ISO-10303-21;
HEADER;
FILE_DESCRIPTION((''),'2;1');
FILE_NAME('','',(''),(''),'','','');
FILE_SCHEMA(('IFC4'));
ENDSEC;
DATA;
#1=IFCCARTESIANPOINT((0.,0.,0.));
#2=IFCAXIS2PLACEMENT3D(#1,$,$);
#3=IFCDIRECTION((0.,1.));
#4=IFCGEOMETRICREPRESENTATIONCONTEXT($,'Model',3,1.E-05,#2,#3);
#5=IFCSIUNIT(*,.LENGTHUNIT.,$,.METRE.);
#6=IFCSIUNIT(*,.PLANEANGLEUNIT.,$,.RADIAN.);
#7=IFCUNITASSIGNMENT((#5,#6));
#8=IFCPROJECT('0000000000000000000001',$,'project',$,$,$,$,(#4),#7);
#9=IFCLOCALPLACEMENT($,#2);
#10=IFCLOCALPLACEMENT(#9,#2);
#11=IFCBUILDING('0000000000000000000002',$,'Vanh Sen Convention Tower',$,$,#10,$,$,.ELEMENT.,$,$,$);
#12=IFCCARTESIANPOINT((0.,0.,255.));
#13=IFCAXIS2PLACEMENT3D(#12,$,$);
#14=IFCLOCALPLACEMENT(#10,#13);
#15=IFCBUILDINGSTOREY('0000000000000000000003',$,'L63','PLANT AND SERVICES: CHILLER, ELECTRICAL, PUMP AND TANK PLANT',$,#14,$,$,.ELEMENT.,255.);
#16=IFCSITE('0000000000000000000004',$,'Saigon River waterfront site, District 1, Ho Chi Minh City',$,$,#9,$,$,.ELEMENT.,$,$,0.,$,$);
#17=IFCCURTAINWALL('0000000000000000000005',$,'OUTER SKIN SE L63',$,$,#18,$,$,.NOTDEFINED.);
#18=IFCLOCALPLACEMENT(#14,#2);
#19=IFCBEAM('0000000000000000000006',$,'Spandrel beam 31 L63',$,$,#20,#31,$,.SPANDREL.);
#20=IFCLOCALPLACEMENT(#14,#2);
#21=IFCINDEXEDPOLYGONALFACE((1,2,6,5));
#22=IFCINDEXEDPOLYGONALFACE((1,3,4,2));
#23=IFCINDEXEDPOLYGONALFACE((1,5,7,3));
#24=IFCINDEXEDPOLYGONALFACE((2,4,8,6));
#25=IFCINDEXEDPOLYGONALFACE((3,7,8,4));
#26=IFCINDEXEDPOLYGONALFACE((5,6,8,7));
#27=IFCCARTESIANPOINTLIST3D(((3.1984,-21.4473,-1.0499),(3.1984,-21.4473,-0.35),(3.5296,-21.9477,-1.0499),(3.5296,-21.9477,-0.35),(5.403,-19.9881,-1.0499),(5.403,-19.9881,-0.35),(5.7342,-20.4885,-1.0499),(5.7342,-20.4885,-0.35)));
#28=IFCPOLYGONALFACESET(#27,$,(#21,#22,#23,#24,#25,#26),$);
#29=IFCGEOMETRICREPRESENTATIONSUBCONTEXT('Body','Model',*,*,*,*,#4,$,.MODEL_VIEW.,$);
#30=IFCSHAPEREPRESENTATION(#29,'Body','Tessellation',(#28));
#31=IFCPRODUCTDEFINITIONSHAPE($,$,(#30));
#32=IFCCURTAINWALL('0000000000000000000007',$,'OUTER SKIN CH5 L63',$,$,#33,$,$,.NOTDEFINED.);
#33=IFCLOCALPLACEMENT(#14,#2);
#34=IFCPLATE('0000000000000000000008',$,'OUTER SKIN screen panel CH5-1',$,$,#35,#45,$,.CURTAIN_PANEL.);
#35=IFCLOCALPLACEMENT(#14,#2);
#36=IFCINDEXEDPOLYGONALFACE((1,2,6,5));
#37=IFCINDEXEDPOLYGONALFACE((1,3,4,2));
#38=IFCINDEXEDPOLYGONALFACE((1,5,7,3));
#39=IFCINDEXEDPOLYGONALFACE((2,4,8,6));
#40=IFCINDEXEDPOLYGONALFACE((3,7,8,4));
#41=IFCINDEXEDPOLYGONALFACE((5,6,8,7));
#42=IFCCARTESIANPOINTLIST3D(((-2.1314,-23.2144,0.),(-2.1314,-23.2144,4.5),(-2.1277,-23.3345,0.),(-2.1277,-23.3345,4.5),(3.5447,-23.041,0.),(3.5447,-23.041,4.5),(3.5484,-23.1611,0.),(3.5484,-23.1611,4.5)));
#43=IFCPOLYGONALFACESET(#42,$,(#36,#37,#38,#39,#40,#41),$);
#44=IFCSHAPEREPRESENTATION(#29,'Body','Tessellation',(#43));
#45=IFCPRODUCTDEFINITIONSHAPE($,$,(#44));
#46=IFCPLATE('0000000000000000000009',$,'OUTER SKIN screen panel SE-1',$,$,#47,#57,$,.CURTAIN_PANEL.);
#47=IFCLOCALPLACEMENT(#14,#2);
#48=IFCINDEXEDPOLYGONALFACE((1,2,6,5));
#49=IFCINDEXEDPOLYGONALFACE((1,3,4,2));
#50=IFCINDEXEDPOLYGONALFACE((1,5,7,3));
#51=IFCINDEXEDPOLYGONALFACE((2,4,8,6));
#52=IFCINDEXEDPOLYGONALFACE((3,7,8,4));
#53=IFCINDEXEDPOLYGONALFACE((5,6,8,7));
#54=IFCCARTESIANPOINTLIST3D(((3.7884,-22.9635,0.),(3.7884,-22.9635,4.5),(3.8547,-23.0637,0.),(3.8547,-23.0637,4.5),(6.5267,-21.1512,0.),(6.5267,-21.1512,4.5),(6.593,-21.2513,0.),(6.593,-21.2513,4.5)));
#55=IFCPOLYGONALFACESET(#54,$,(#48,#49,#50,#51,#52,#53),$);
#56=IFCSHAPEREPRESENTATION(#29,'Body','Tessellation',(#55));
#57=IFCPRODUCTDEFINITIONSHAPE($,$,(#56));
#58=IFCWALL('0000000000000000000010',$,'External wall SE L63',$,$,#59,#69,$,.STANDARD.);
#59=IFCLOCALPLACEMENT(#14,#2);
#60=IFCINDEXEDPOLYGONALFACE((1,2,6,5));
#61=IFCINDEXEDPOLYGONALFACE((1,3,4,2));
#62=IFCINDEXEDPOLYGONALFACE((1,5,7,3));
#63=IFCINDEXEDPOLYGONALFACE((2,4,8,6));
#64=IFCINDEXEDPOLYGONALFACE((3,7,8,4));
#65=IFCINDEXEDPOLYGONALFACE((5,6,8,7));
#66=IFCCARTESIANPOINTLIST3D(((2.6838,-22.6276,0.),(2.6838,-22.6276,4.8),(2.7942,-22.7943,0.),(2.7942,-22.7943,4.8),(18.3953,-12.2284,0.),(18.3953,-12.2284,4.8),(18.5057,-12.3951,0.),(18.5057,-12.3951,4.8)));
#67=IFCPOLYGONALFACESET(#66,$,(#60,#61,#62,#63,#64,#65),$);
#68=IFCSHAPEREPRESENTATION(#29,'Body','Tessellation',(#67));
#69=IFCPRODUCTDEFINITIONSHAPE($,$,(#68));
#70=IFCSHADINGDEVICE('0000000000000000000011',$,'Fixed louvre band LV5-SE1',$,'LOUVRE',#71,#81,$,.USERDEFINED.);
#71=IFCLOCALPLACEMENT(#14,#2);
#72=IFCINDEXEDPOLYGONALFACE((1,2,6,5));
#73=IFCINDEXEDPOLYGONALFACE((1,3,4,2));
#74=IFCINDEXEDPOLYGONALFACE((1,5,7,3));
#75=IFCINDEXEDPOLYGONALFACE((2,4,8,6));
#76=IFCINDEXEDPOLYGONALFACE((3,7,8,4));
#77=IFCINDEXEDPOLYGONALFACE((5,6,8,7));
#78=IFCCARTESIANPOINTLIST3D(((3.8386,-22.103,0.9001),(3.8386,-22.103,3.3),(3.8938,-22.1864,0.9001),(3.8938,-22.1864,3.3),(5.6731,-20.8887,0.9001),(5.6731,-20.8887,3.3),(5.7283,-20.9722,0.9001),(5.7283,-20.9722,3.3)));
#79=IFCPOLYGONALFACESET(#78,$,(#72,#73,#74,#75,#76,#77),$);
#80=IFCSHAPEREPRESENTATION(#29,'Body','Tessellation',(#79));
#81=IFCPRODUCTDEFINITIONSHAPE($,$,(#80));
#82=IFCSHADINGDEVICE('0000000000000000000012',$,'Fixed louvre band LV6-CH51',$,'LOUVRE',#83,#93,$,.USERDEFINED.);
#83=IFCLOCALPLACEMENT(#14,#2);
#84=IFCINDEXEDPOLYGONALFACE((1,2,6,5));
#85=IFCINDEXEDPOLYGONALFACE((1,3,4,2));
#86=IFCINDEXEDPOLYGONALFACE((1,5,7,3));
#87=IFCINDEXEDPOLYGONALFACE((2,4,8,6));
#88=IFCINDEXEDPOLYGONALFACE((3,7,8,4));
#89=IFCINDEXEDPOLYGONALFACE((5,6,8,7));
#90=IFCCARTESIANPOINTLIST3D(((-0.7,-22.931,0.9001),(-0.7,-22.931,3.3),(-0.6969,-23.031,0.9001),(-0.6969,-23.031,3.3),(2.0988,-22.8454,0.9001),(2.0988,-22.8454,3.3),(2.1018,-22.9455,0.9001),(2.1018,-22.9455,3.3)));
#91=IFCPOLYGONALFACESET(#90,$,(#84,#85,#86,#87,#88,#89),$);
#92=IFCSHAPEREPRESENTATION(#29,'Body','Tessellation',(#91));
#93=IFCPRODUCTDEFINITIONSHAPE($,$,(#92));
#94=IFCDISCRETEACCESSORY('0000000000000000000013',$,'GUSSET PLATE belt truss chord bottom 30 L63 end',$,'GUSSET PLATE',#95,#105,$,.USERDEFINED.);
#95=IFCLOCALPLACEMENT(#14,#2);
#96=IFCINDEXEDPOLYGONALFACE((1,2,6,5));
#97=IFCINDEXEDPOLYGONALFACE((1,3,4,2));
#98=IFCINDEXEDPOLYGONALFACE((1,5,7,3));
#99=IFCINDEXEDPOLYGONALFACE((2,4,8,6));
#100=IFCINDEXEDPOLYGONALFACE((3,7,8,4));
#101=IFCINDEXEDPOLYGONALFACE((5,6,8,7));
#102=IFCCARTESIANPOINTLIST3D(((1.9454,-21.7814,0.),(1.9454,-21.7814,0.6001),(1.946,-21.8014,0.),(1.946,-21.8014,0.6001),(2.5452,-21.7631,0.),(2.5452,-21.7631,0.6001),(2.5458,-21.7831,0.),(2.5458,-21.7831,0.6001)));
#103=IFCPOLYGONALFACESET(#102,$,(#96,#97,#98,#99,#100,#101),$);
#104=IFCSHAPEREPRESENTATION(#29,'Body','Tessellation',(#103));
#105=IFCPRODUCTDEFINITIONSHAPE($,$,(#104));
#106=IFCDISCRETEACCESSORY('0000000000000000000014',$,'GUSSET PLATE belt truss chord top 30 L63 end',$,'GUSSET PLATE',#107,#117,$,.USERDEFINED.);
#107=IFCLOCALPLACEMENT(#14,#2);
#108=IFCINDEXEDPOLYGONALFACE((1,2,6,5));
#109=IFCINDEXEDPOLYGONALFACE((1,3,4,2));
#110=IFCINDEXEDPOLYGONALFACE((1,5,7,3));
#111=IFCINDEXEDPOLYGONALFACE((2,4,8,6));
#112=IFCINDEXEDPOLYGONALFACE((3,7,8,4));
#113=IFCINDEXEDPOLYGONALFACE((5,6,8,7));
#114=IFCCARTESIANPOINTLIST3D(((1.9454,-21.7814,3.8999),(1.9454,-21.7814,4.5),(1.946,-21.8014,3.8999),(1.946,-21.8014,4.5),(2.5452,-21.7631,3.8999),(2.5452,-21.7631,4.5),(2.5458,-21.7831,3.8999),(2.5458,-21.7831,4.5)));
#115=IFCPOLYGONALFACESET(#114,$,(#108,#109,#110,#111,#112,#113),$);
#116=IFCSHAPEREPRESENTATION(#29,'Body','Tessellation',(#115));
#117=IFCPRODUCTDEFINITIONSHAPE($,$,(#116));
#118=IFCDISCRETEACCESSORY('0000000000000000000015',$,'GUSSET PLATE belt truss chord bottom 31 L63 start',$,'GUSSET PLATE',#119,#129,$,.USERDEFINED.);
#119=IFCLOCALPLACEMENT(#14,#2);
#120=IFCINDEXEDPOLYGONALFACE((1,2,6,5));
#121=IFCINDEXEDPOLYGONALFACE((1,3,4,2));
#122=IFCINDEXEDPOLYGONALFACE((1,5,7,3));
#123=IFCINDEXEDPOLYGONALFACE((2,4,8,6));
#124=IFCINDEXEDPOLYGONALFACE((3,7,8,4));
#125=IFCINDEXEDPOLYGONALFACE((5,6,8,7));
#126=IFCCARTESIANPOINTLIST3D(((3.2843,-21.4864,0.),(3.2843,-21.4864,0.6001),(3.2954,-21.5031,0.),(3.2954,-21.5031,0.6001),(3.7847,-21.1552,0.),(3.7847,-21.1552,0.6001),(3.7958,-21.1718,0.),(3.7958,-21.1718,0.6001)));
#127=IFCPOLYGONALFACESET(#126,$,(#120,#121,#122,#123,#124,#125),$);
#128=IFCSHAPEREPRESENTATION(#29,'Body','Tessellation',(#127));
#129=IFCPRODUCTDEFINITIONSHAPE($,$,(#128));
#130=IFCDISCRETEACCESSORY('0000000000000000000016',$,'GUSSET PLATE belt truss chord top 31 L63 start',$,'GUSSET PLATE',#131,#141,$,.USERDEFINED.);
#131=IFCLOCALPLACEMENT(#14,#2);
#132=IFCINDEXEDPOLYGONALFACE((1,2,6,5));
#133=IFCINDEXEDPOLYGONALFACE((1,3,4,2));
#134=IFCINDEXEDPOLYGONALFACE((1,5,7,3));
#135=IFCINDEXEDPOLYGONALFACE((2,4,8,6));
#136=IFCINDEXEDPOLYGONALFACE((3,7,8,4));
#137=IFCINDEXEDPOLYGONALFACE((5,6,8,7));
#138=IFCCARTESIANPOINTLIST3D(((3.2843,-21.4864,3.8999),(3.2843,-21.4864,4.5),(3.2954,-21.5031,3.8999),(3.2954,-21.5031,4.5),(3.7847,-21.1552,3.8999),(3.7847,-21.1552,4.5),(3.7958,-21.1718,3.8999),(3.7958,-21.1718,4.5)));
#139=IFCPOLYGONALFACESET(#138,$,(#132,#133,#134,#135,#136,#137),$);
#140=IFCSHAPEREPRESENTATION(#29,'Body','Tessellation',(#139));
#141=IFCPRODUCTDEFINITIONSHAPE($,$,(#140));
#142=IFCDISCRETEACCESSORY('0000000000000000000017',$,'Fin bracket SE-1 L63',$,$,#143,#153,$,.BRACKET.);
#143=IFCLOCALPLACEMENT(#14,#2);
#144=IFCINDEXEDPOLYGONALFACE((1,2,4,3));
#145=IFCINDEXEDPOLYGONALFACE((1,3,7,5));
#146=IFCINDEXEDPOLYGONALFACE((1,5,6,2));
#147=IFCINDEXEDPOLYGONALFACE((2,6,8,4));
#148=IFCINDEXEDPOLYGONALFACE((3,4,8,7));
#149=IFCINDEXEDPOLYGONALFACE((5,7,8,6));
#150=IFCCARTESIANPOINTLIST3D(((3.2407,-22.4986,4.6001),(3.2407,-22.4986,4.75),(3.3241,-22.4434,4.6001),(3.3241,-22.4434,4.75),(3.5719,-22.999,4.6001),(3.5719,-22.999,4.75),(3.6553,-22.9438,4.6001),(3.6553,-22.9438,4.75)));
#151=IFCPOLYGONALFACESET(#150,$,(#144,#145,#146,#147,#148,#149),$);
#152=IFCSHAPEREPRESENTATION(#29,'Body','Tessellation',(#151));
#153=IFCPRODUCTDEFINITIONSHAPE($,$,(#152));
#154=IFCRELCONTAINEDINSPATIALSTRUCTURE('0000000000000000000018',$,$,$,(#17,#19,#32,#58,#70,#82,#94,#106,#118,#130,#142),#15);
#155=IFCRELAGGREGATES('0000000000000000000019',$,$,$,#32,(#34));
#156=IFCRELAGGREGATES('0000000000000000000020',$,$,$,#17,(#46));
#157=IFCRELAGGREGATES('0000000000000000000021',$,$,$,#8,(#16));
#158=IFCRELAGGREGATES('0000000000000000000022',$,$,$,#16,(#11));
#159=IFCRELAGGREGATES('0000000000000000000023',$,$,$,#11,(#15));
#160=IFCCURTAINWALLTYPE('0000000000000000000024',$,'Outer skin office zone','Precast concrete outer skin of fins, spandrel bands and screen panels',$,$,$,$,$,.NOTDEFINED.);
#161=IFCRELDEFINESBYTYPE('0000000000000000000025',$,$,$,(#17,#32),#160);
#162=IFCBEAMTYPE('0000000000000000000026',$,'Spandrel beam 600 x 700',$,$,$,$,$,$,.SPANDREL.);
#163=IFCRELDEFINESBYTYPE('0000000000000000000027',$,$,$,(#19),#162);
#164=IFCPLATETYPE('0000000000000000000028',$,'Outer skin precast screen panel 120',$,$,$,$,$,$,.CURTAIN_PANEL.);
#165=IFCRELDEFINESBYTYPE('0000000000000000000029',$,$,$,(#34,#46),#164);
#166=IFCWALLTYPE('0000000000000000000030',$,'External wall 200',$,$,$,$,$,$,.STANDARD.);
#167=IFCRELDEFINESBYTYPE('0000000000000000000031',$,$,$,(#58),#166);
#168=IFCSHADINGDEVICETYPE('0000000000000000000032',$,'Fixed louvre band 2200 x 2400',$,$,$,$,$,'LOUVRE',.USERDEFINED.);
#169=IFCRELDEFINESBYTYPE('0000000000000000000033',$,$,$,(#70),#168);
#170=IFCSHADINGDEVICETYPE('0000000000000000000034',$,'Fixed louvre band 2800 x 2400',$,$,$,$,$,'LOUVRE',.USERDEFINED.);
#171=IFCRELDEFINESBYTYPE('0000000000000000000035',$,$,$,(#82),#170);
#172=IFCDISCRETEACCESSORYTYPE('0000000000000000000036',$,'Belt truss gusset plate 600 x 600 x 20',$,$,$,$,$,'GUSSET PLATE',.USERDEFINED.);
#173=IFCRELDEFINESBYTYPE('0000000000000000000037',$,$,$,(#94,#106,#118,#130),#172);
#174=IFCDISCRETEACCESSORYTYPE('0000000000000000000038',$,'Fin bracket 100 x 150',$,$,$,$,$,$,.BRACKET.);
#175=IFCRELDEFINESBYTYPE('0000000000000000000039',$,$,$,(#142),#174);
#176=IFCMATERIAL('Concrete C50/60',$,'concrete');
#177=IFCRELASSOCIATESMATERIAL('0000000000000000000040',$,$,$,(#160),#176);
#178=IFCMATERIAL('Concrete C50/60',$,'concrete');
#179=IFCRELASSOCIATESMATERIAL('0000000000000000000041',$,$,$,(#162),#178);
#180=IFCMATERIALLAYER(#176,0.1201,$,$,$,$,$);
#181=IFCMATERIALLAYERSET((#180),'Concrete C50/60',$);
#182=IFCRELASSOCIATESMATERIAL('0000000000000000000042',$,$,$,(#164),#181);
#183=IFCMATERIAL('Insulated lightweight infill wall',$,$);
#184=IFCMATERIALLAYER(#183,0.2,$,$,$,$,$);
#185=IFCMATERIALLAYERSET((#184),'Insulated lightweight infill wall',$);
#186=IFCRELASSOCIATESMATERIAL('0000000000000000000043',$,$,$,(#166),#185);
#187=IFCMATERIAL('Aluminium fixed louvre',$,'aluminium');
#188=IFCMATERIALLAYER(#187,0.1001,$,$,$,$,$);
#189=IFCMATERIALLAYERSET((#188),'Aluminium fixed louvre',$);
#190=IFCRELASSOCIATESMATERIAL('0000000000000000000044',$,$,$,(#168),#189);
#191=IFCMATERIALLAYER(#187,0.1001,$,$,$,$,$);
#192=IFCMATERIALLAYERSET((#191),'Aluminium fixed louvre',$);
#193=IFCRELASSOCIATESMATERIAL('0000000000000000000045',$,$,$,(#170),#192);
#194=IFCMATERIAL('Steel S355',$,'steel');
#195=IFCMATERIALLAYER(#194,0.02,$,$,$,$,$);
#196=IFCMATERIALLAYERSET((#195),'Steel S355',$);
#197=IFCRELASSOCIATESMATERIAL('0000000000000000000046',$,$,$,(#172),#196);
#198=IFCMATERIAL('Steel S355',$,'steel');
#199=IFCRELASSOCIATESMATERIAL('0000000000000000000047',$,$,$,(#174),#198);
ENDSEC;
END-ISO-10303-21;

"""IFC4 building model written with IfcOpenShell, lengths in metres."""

from ifc_helpers import new_model, si_unit, direction, frame, frame_2d, origin, origin_2d, place, context, subcontext, project, spatial, rectangle, extrude, material, layer, layer_set, material_profile, profile_set, type_object, element, aggregate, save


model = new_model("IFC4")

# Units and contexts
model_context = context("Model", 3, precision=1e-05, world=origin(), true_north=direction((0.0, 1.0)))
body_context = subcontext(model_context, "Body", "Model", "MODEL_VIEW")
ifc_project = project(units=[si_unit("LENGTHUNIT", "METRE"), si_unit("PLANEANGLEUNIT", "RADIAN")], contexts=[model_context])

# Site, building, storey
site_placement = place(None, origin())
site = spatial("IfcSite", under=ifc_project, at=site_placement, Name="Saigon River waterfront site, District 1, Ho Chi Minh City", CompositionType="ELEMENT", RefElevation=0.0)
building_placement = place(site_placement, origin())
building = spatial("IfcBuilding", under=site, at=building_placement, Name="Vanh Sen Convention Tower", CompositionType="ELEMENT")
storey_placement = place(building_placement, frame((0.0, 0.0, 255.0)))
storey = spatial("IfcBuildingStorey", under=building, at=storey_placement, Name="L63", Description="PLANT AND SERVICES: CHILLER, ELECTRICAL, PUMP AND TANK PLANT", CompositionType="ELEMENT", Elevation=255.0)

# Shared definitions
ifc_material_1 = material(Name="Steel S355", Category="steel")

# Curtain wall
ifc_material_2 = material(Name="Concrete C50/60", Category="concrete")
curtain_wall_type = type_object("IfcCurtainWallType", Name="Outer skin office zone", Description="Precast concrete outer skin of fins, spandrel bands and screen panels", PredefinedType="NOTDEFINED", material=ifc_material_2)
curtain_wall_1_placement = place(storey_placement, origin())
curtain_wall_1 = element("IfcCurtainWall", 1, at=curtain_wall_1_placement, inside=storey, type_object=curtain_wall_type, Name="OUTER SKIN SE L63", PredefinedType="NOTDEFINED")

# Beam
ifc_material_3 = material(Name="Concrete C50/60", Category="concrete")
ifc_material_profile_1 = material_profile(ifc_material_3, rectangle(XDim=0.6001, YDim=0.7, at=origin_2d()), Name="RC 600X700")
ifc_profile_set_1 = profile_set([ifc_material_profile_1], Name="Concrete C50/60")
beam_type_1 = type_object("IfcBeamType", Name="Spandrel beam 600 x 700", PredefinedType="SPANDREL", material=ifc_profile_set_1)
beam_1_placement = place(storey_placement, frame((3.364, -21.6975, -0.7), z_axis=(0.833878, 0.551948, 0.0), x_axis=(-0.551948, 0.833878, 0.0)))
element("IfcBeam", 2, at=beam_1_placement, inside=storey, type_object=beam_type_1, Name="Spandrel beam 31 L63", PredefinedType="SPANDREL", context=body_context, shape_type="SweptSolid", body=[
    extrude(rectangle(XDim=0.6001, YDim=0.7, at=origin_2d()), origin(), (0.0, 0.0, 1.0), 2.6438),
])

# Curtain wall, plate
curtain_wall_2_placement = place(storey_placement, origin())
curtain_wall_2 = element("IfcCurtainWall", 3, at=curtain_wall_2_placement, inside=storey, type_object=curtain_wall_type, Name="OUTER SKIN CH5 L63", PredefinedType="NOTDEFINED")
ifc_layer_1 = layer(ifc_material_2, 0.1201)
ifc_layer_set_1 = layer_set([ifc_layer_1], Name="Concrete C50/60")
plate_type = type_object("IfcPlateType", Name="Outer skin precast screen panel 120", PredefinedType="CURTAIN_PANEL", material=ifc_layer_set_1)
plate_1_placement = place(storey_placement, frame((0.7085, -23.1877, 0.0), z_axis=(0.0, 0.0, 1.0), x_axis=(0.999534, 0.03054, 0.0)))
plate_1 = element("IfcPlate", 4, at=plate_1_placement, type_object=plate_type, Name="OUTER SKIN screen panel CH5-1", PredefinedType="CURTAIN_PANEL", context=body_context, shape_type="SweptSolid", body=[
    extrude(rectangle(XDim=5.6787, YDim=0.1201, at=origin_2d()), origin(), (0.0, 0.0, 1.0), 4.5),
])
aggregate(curtain_wall_2, [plate_1])

# Plate
plate_2_placement = place(storey_placement, frame((5.1907, -22.1074, 0.0), z_axis=(0.0, 0.0, 1.0), x_axis=(0.833896, 0.551921, 0.0)))
plate_2 = element("IfcPlate", 5, at=plate_2_placement, type_object=plate_type, Name="OUTER SKIN screen panel SE-1", PredefinedType="CURTAIN_PANEL", context=body_context, shape_type="SweptSolid", body=[
    extrude(rectangle(XDim=3.2837, YDim=0.1201, at=origin_2d()), origin(), (0.0, 0.0, 1.0), 4.5),
])
aggregate(curtain_wall_1, [plate_2])

# Wall
ifc_material_4 = material(Name="Insulated lightweight infill wall")
ifc_layer_2 = layer(ifc_material_4, 0.2)
ifc_layer_set_2 = layer_set([ifc_layer_2], Name="Insulated lightweight infill wall")
wall_type = type_object("IfcWallType", Name="External wall 200", PredefinedType="STANDARD", material=ifc_layer_set_2)
wall_placement = place(storey_placement, frame((2.739, -22.7109, 0.0), z_axis=(0.0, 0.0, 1.0), x_axis=(0.833886, 0.551937, 0.0)))
element("IfcWall", 6, at=wall_placement, inside=storey, type_object=wall_type, Name="External wall SE L63", PredefinedType="STANDARD", context=body_context, shape_type="SweptSolid", body=[
    extrude(rectangle(XDim=18.8413, YDim=0.2, at=frame_2d((9.4207, 0.0))), origin(), (0.0, 0.0, 1.0), 4.8),
])

# Shading devices
ifc_material_5 = material(Name="Aluminium fixed louvre", Category="aluminium")
ifc_layer_3 = layer(ifc_material_5, 0.1001)
ifc_layer_set_3 = layer_set([ifc_layer_3], Name="Aluminium fixed louvre")
shading_device_type_1 = type_object("IfcShadingDeviceType", Name="Fixed louvre band 2200 x 2400", ElementType="LOUVRE", PredefinedType="USERDEFINED", material=ifc_layer_set_3)
shading_device_1_placement = place(storey_placement, frame((4.7834, -21.5376, 0.9001), z_axis=(0.0, 0.0, 1.0), x_axis=(0.833887, 0.551936, 0.0)))
element("IfcShadingDevice", 7, at=shading_device_1_placement, inside=storey, type_object=shading_device_type_1, Name="Fixed louvre band LV5-SE1", ObjectType="LOUVRE", PredefinedType="USERDEFINED", context=body_context, shape_type="SweptSolid", body=[
    extrude(rectangle(XDim=2.2, YDim=0.1001, at=origin_2d()), origin(), (0.0, 0.0, 1.0), 2.3999),
])
ifc_layer_4 = layer(ifc_material_5, 0.1001)
ifc_layer_set_4 = layer_set([ifc_layer_4], Name="Aluminium fixed louvre")
shading_device_type_2 = type_object("IfcShadingDeviceType", Name="Fixed louvre band 2800 x 2400", ElementType="LOUVRE", PredefinedType="USERDEFINED", material=ifc_layer_set_4)
shading_device_2_placement = place(storey_placement, frame((0.7009, -22.9382, 0.9001), z_axis=(0.0, 0.0, 1.0), x_axis=(0.999534, 0.03054, 0.0)))
element("IfcShadingDevice", 8, at=shading_device_2_placement, inside=storey, type_object=shading_device_type_2, Name="Fixed louvre band LV6-CH51", ObjectType="LOUVRE", PredefinedType="USERDEFINED", context=body_context, shape_type="SweptSolid", body=[
    extrude(rectangle(XDim=2.8, YDim=0.1001, at=origin_2d()), origin(), (0.0, 0.0, 1.0), 2.3999),
])

# Discrete accessories
ifc_layer_5 = layer(ifc_material_1, 0.02)
ifc_layer_set_5 = layer_set([ifc_layer_5], Name="Steel S355")
discrete_accessory_type_1 = type_object("IfcDiscreteAccessoryType", Name="Belt truss gusset plate 600 x 600 x 20", ElementType="GUSSET PLATE", PredefinedType="USERDEFINED", material=ifc_layer_set_5)
for number, where, z_axis, x_axis, name in (
    (9, (2.2456, -21.7822, 0.0), (0.0, 0.0, 1.0), (-0.999534, -0.03054, 0.0), "GUSSET PLATE belt truss chord bottom 30 L63 end"),
    (10, (2.2456, -21.7822, 3.8999), (0.0, 0.0, 1.0), (-0.999534, -0.03054, 0.0), "GUSSET PLATE belt truss chord top 30 L63 end"),
    (11, (3.54, -21.3291, 0.0), (0.0, 0.0, 1.0), (0.833896, 0.551921, 0.0), "GUSSET PLATE belt truss chord bottom 31 L63 start"),
    (12, (3.54, -21.3291, 3.8999), (0.0, 0.0, 1.0), (0.833896, 0.551921, 0.0), "GUSSET PLATE belt truss chord top 31 L63 start"),
):
    element("IfcDiscreteAccessory", number, at=place(storey_placement, frame(where, z_axis=z_axis, x_axis=x_axis)), inside=storey, type_object=discrete_accessory_type_1, Name=name, ObjectType="GUSSET PLATE", PredefinedType="USERDEFINED", context=body_context, shape_type="SweptSolid", body=[
        extrude(rectangle(XDim=0.6001, YDim=0.02, at=origin_2d()), origin(), (0.0, 0.0, 1.0), 0.6001),
    ])
ifc_material_6 = material(Name="Steel S355", Category="steel")
discrete_accessory_type_2 = type_object("IfcDiscreteAccessoryType", Name="Fin bracket 100 x 150", PredefinedType="BRACKET", material=ifc_material_6)
discrete_accessory_placement = place(storey_placement, frame((3.448, -22.7212, 4.6001), z_axis=(0.0, 0.0, 1.0), x_axis=(0.551937, -0.833886, 0.0)))
element("IfcDiscreteAccessory", 13, at=discrete_accessory_placement, inside=storey, type_object=discrete_accessory_type_2, Name="Fin bracket SE-1 L63", PredefinedType="BRACKET", context=body_context, shape_type="SweptSolid", body=[
    extrude(rectangle(XDim=0.6001, YDim=0.1001, at=origin_2d()), origin(), (0.0, 0.0, 1.0), 0.1499),
])

save(model, "model.ifc")
